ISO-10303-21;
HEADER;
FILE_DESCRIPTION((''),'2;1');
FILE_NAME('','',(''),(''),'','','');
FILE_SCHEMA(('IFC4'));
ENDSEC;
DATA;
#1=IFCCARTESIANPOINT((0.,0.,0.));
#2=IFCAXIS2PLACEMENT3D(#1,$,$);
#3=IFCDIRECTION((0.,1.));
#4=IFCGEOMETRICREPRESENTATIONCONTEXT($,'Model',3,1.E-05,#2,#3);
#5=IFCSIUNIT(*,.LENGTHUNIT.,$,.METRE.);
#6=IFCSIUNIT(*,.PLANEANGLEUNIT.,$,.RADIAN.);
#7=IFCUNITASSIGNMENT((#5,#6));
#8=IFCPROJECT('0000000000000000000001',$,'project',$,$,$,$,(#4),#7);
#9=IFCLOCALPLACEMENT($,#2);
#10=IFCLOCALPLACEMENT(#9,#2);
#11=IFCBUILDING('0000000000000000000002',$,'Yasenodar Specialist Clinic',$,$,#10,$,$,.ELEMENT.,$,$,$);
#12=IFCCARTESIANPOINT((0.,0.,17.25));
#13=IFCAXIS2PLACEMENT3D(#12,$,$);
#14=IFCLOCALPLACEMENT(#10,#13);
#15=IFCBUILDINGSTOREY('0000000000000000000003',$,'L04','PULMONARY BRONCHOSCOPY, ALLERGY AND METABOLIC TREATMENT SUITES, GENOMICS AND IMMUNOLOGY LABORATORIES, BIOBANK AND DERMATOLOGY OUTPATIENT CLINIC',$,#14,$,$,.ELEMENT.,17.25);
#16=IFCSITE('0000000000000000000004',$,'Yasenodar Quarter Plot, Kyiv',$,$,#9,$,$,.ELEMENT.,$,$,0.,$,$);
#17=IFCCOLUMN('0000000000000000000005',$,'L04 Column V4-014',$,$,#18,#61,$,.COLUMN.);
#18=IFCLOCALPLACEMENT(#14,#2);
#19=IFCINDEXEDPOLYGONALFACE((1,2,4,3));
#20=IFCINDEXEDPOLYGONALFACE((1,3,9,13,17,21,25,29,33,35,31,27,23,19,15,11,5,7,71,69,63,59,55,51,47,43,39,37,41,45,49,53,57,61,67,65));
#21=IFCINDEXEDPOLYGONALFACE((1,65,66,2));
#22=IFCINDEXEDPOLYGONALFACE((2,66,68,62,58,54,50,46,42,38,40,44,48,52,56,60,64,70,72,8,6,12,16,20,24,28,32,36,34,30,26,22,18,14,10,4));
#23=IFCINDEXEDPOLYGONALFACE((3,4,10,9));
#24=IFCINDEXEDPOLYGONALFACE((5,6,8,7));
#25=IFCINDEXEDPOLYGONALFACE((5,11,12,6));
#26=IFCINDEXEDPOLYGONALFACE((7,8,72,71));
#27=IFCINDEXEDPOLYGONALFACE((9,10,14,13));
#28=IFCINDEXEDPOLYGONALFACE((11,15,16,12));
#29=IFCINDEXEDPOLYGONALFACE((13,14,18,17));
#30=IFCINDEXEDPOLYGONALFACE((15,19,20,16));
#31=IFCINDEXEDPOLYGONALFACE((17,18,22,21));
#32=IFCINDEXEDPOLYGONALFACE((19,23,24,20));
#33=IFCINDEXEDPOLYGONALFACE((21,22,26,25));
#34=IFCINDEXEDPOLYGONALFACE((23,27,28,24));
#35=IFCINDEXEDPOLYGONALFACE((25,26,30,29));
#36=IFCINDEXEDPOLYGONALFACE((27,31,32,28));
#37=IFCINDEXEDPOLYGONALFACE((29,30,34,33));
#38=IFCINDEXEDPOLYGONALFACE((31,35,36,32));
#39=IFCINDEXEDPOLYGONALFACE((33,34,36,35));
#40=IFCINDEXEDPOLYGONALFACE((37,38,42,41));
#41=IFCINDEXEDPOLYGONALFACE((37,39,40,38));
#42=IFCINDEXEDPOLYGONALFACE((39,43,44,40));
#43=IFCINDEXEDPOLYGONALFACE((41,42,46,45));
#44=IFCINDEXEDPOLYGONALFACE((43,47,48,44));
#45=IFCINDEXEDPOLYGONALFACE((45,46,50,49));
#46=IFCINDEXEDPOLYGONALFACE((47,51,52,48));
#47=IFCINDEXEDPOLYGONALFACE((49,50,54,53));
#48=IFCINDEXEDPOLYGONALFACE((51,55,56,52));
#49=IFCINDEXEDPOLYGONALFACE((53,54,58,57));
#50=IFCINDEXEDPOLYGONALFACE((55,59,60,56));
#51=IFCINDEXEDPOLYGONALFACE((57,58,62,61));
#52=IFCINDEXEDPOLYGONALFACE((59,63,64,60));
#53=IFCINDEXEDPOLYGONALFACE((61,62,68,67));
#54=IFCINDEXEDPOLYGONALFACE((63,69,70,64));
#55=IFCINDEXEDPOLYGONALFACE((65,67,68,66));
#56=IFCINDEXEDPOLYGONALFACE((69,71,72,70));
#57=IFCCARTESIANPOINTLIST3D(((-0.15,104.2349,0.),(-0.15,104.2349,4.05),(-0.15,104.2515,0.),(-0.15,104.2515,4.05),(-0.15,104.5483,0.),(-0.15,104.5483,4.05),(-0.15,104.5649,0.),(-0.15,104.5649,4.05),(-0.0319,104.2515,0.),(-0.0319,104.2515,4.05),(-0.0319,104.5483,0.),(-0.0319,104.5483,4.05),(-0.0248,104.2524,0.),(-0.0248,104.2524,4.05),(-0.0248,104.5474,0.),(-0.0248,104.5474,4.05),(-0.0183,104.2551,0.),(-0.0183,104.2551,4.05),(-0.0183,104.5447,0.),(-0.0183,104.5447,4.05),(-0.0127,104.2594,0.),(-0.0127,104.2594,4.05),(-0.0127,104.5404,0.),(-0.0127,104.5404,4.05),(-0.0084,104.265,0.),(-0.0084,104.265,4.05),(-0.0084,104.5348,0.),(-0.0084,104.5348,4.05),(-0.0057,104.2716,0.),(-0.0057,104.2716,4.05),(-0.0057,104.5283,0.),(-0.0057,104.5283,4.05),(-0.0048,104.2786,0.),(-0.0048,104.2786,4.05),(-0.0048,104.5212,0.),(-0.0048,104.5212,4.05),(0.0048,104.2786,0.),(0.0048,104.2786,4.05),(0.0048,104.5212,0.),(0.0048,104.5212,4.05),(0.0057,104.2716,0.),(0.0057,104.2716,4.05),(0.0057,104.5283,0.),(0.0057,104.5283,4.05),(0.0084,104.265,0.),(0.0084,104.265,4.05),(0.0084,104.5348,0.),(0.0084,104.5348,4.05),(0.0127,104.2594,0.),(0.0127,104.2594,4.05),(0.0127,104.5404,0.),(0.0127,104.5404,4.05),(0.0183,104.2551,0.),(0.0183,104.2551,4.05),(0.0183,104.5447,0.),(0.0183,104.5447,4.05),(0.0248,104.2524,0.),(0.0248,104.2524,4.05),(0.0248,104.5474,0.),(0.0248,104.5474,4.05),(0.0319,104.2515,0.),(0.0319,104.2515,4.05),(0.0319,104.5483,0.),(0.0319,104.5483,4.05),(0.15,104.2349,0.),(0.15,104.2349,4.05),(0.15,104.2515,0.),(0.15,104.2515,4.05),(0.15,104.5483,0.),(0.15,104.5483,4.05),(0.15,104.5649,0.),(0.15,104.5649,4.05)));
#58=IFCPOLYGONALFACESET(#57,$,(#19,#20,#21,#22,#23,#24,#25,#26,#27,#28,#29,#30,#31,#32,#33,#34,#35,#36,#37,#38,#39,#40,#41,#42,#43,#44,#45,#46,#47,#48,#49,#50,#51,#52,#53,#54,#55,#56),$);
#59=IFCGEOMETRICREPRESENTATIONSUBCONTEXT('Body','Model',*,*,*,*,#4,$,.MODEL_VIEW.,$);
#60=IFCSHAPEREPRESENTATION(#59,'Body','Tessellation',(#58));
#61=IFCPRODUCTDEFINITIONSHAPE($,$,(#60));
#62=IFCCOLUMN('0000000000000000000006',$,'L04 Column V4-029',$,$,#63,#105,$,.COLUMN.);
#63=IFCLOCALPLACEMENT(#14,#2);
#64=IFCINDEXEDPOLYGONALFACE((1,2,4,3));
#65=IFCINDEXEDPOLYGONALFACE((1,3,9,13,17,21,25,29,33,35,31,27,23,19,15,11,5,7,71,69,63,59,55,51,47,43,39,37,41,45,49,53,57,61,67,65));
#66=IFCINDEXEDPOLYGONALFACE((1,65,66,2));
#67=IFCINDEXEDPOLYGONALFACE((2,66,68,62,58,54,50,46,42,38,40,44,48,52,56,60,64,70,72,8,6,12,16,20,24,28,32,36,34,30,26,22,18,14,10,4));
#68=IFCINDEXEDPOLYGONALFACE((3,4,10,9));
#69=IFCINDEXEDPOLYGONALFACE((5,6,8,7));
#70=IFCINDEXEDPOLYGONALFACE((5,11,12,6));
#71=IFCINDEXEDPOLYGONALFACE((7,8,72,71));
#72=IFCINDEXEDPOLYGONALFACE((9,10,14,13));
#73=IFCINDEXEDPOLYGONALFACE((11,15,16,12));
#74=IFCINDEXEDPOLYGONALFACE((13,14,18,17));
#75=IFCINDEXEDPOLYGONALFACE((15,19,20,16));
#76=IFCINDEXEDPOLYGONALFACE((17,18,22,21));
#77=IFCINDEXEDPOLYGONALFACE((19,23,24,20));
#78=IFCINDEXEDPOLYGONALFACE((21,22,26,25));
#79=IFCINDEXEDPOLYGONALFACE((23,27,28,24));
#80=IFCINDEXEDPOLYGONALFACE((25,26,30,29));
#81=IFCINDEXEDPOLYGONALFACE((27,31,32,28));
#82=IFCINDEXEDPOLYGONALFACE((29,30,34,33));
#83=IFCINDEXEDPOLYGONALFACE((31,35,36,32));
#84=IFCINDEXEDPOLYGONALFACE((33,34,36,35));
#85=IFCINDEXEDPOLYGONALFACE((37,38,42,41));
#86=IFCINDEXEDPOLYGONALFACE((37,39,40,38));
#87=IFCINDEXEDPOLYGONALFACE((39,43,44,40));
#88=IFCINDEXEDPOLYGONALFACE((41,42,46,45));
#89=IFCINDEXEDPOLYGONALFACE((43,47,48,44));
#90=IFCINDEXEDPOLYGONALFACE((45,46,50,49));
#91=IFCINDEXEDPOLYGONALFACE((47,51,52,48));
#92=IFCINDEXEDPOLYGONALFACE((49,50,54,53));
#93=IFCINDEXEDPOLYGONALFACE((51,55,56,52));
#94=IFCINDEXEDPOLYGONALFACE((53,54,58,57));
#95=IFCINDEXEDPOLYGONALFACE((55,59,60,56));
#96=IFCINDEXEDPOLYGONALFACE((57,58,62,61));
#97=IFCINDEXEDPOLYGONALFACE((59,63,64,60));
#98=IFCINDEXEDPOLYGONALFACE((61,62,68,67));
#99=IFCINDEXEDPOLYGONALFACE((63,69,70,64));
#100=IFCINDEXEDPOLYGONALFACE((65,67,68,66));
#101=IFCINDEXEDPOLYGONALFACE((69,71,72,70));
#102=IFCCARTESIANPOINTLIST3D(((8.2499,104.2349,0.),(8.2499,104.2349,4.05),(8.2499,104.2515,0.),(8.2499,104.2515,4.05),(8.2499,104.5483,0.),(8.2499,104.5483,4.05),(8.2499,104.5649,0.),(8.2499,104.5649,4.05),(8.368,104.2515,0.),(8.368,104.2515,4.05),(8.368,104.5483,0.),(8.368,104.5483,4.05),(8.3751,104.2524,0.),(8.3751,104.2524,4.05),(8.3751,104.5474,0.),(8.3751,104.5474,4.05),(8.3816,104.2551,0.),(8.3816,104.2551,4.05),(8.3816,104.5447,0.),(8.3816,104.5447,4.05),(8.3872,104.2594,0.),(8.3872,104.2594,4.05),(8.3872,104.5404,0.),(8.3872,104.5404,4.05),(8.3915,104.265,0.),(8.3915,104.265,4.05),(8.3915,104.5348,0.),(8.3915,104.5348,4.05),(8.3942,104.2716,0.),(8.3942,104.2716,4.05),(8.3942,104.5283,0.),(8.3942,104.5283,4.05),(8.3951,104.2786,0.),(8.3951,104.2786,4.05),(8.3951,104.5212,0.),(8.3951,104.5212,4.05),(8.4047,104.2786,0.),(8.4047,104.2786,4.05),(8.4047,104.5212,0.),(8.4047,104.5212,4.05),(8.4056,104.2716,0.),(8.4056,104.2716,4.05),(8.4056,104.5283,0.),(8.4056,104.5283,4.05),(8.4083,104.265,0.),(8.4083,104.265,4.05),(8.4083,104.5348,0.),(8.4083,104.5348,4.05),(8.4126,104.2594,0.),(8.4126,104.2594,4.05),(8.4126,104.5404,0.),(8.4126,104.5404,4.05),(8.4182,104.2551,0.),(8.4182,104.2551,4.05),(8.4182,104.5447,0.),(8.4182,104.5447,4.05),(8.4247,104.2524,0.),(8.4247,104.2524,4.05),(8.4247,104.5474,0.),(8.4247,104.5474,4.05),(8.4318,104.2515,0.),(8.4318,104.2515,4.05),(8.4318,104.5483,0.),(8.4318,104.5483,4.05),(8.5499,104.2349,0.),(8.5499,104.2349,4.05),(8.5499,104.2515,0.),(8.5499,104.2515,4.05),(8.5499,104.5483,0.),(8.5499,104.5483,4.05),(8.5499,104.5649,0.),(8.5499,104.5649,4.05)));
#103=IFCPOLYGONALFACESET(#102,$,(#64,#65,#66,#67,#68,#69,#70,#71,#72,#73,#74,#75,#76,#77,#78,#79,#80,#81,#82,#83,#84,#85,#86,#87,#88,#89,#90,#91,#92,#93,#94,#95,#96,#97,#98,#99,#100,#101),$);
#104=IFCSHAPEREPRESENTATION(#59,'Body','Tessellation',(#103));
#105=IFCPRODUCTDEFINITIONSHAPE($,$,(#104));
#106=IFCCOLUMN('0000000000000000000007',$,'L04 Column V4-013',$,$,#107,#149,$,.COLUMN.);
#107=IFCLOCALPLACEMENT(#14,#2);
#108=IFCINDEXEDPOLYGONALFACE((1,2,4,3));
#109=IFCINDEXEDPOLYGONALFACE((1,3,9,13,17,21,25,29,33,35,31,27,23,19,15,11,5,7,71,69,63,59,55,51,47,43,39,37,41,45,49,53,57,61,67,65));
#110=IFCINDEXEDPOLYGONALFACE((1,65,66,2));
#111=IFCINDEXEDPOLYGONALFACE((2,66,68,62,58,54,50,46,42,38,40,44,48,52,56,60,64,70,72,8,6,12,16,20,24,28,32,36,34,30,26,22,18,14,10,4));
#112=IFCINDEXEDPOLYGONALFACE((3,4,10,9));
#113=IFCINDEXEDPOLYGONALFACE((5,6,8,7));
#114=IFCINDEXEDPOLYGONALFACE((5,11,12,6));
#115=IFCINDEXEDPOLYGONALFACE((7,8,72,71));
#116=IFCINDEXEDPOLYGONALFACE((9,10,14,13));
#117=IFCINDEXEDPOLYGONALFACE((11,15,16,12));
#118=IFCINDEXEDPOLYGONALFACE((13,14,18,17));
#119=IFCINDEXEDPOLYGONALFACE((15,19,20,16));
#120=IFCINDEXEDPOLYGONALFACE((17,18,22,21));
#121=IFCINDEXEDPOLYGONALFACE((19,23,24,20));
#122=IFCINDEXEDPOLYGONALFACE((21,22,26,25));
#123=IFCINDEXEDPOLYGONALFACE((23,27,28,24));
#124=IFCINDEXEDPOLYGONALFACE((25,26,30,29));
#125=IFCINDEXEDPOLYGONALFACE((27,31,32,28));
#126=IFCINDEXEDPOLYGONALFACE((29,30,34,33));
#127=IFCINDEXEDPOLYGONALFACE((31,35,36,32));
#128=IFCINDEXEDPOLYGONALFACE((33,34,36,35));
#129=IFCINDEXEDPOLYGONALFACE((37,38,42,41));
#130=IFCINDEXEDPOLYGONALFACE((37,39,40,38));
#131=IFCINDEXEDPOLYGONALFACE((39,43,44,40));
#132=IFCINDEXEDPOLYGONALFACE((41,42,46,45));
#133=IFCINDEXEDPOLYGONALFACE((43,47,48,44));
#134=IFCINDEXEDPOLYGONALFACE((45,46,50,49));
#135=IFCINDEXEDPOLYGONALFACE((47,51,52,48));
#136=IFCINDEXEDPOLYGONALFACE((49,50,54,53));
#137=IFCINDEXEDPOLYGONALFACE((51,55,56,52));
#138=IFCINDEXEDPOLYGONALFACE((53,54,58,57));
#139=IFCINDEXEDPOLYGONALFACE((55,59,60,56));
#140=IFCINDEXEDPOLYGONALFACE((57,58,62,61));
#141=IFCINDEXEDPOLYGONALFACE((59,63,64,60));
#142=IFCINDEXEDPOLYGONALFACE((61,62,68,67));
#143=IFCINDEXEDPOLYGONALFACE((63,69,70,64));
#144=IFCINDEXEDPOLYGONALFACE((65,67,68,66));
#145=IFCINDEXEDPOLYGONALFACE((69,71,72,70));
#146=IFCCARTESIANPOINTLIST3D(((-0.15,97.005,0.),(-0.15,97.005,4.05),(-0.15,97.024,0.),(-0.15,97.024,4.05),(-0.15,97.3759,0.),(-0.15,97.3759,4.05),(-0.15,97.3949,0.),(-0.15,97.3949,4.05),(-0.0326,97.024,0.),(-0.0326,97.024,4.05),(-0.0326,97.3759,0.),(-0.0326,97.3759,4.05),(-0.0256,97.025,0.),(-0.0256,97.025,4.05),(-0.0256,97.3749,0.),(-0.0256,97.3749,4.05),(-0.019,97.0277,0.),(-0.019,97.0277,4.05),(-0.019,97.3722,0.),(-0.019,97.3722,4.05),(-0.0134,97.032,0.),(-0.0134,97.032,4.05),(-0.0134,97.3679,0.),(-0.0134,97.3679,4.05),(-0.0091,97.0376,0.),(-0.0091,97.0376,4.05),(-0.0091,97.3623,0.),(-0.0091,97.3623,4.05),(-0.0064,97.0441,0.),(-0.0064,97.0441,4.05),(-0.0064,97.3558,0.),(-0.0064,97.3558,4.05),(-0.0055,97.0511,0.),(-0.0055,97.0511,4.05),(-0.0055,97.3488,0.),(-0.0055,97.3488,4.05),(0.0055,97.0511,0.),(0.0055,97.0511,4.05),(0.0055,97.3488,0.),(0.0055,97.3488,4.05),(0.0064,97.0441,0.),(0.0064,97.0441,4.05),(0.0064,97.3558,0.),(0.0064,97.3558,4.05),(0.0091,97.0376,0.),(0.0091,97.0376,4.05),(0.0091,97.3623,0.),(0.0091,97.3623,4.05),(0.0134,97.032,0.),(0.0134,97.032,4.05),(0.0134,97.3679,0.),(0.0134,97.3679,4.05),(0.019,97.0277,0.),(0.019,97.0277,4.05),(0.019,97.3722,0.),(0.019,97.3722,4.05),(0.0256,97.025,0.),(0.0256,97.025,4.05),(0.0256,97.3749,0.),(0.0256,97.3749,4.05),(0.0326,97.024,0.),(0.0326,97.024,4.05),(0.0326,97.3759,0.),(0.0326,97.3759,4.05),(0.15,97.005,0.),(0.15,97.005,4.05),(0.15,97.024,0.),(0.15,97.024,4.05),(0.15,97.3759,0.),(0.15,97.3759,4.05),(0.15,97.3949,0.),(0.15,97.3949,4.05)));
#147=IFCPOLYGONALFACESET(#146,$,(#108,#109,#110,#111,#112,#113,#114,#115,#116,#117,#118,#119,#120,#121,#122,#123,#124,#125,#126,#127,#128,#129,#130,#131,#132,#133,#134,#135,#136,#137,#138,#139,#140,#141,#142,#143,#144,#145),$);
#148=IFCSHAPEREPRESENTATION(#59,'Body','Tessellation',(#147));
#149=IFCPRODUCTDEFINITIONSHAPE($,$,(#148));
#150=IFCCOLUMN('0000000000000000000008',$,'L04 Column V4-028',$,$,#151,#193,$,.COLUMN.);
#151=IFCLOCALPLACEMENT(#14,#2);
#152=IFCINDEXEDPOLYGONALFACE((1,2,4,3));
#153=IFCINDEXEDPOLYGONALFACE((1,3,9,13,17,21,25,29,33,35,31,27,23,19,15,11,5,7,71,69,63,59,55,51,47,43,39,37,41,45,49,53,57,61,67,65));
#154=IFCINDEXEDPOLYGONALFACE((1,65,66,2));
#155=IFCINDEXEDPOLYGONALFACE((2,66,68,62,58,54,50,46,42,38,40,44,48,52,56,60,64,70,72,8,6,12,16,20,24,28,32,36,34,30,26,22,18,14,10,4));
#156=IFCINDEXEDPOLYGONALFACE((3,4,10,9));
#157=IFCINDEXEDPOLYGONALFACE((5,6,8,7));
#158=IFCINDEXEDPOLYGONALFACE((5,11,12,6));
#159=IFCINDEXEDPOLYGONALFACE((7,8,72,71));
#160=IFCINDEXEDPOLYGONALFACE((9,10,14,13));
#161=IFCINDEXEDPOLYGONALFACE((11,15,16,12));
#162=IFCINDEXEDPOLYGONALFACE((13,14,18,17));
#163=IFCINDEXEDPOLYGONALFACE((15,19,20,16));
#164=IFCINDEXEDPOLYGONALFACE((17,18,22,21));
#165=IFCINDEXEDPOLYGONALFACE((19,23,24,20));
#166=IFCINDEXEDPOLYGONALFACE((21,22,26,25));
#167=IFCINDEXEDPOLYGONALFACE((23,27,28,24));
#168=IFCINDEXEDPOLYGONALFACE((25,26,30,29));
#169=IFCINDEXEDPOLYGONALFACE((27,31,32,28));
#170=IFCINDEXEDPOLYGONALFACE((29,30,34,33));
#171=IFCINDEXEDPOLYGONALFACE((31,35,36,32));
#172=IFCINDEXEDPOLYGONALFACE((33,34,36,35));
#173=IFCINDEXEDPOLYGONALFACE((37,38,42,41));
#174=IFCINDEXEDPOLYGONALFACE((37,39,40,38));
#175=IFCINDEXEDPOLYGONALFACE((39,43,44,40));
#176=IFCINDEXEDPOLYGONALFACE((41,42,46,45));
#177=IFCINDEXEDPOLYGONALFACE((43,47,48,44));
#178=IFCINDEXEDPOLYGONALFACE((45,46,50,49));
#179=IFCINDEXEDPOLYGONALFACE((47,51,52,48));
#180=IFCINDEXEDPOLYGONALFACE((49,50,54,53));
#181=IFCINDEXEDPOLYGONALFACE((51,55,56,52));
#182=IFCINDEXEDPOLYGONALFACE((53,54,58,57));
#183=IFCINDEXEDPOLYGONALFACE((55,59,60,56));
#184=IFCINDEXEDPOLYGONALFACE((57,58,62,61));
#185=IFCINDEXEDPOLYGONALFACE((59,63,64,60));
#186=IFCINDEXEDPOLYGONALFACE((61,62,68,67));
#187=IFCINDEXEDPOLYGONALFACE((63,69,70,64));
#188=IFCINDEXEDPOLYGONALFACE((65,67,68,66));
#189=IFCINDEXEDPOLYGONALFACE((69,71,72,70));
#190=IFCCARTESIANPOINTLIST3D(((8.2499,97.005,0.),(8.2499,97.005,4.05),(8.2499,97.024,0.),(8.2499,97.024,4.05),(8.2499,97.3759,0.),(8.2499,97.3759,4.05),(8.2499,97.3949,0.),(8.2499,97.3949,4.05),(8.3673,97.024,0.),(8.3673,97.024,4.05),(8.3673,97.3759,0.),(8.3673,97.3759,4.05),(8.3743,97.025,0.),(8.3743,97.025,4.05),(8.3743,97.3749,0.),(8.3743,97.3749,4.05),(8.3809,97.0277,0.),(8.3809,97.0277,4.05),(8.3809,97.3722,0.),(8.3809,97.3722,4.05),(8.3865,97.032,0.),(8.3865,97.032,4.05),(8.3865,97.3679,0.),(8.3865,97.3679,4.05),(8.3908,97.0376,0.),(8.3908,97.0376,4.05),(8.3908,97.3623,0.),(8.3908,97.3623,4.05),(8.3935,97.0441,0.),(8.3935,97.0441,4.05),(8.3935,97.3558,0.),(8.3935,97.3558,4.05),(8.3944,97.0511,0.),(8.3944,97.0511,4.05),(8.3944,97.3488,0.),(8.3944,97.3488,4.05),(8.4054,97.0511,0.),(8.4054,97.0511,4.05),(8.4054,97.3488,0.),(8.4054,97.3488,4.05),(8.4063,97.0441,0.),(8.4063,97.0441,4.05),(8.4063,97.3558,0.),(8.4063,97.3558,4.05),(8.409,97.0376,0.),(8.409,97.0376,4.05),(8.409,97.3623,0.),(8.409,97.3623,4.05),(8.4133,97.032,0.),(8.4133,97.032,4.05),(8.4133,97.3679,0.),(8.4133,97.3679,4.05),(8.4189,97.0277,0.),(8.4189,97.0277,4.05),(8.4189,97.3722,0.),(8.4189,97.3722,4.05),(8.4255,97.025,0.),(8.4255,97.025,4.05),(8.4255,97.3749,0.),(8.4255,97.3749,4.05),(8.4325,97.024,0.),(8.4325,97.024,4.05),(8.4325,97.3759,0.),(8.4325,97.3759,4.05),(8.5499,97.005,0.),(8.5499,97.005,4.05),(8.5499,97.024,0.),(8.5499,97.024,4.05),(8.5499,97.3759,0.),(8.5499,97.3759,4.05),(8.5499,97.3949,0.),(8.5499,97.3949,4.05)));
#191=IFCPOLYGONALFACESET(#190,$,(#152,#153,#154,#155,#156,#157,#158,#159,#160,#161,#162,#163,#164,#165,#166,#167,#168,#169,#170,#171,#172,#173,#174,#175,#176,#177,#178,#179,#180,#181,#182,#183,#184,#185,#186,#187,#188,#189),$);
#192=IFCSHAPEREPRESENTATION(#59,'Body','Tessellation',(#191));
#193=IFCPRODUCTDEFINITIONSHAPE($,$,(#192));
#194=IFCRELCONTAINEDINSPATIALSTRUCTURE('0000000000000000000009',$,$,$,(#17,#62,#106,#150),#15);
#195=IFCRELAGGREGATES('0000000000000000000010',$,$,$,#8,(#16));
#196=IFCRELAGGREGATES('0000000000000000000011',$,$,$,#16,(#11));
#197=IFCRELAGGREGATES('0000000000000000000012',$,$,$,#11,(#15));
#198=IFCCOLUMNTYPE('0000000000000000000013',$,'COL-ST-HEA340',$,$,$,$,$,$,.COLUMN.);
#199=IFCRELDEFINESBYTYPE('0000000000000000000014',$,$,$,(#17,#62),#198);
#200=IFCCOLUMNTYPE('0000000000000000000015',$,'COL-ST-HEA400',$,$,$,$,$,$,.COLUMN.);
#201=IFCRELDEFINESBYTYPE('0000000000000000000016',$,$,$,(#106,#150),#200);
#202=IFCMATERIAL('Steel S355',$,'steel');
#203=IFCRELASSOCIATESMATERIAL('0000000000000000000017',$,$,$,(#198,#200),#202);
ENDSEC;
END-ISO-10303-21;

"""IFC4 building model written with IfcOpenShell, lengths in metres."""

from ifc_helpers import new_model, si_unit, direction, frame, origin, origin_2d, place, context, subcontext, project, spatial, i_section, extrude, material, material_profile, profile_set, type_object, element, save


model = new_model("IFC4")

# Units and contexts
model_context = context("Model", 3, precision=1e-05, world=origin(), true_north=direction((0.0, 1.0)))
body_context = subcontext(model_context, "Body", "Model", "MODEL_VIEW")
ifc_project = project(units=[si_unit("LENGTHUNIT", "METRE"), si_unit("PLANEANGLEUNIT", "RADIAN")], contexts=[model_context])

# Site, building, storey
site_placement = place(None, origin())
site = spatial("IfcSite", under=ifc_project, at=site_placement, Name="Yasenodar Quarter Plot, Kyiv", CompositionType="ELEMENT", RefElevation=0.0)
building_placement = place(site_placement, origin())
building = spatial("IfcBuilding", under=site, at=building_placement, Name="Yasenodar Specialist Clinic", CompositionType="ELEMENT")
storey_placement = place(building_placement, frame((0.0, 0.0, 17.25)))
storey = spatial("IfcBuildingStorey", under=building, at=storey_placement, Name="L04", Description="PULMONARY BRONCHOSCOPY, ALLERGY AND METABOLIC TREATMENT SUITES, GENOMICS AND IMMUNOLOGY LABORATORIES, BIOBANK AND DERMATOLOGY OUTPATIENT CLINIC", CompositionType="ELEMENT", Elevation=17.25)

# Columns
ifc_material_1 = material(Name="Steel S355", Category="steel")
ifc_material_profile_1 = material_profile(ifc_material_1, i_section(OverallWidth=0.3, OverallDepth=0.3301, WebThickness=0.0095, FlangeThickness=0.0166, FilletRadius=0.0271, at=origin_2d()), Name="HEA 340")
ifc_profile_set_1 = profile_set([ifc_material_profile_1], Name="Steel S355")
column_type_1 = type_object("IfcColumnType", Name="COL-ST-HEA340", PredefinedType="COLUMN", material=ifc_profile_set_1)
for number, where, z_axis, x_axis, name in (
    (1, (0.0, 104.3999, 0.0), (0.0, 0.0, 1.0), (1.0, 0.0, 0.0), "L04 Column V4-014"),
    (2, (8.3999, 104.3999, 0.0), (0.0, 0.0, 1.0), (1.0, 0.0, 0.0), "L04 Column V4-029"),
):
    element("IfcColumn", number, at=place(storey_placement, frame(where, z_axis=z_axis, x_axis=x_axis)), inside=storey, type_object=column_type_1, Name=name, PredefinedType="COLUMN", context=body_context, shape_type="SweptSolid", body=[
        extrude(i_section(OverallWidth=0.3, OverallDepth=0.3301, WebThickness=0.0095, FlangeThickness=0.0166, FilletRadius=0.0271, at=origin_2d()), origin(), (0.0, 0.0, 1.0), 4.05),
    ])
ifc_material_profile_2 = material_profile(ifc_material_1, i_section(OverallWidth=0.3, OverallDepth=0.3899, WebThickness=0.011, FlangeThickness=0.019, FilletRadius=0.0271, at=origin_2d()), Name="HEA 400")
ifc_profile_set_2 = profile_set([ifc_material_profile_2], Name="Steel S355")
column_type_2 = type_object("IfcColumnType", Name="COL-ST-HEA400", PredefinedType="COLUMN", material=ifc_profile_set_2)
for number, where, z_axis, x_axis, name in (
    (3, (0.0, 97.2, 0.0), (0.0, 0.0, 1.0), (1.0, 0.0, 0.0), "L04 Column V4-013"),
    (4, (8.3999, 97.2, 0.0), (0.0, 0.0, 1.0), (1.0, 0.0, 0.0), "L04 Column V4-028"),
):
    element("IfcColumn", number, at=place(storey_placement, frame(where, z_axis=z_axis, x_axis=x_axis)), inside=storey, type_object=column_type_2, Name=name, PredefinedType="COLUMN", context=body_context, shape_type="SweptSolid", body=[
        extrude(i_section(OverallWidth=0.3, OverallDepth=0.3899, WebThickness=0.011, FlangeThickness=0.019, FilletRadius=0.0271, at=origin_2d()), origin(), (0.0, 0.0, 1.0), 4.05),
    ])

save(model, "model.ifc")
